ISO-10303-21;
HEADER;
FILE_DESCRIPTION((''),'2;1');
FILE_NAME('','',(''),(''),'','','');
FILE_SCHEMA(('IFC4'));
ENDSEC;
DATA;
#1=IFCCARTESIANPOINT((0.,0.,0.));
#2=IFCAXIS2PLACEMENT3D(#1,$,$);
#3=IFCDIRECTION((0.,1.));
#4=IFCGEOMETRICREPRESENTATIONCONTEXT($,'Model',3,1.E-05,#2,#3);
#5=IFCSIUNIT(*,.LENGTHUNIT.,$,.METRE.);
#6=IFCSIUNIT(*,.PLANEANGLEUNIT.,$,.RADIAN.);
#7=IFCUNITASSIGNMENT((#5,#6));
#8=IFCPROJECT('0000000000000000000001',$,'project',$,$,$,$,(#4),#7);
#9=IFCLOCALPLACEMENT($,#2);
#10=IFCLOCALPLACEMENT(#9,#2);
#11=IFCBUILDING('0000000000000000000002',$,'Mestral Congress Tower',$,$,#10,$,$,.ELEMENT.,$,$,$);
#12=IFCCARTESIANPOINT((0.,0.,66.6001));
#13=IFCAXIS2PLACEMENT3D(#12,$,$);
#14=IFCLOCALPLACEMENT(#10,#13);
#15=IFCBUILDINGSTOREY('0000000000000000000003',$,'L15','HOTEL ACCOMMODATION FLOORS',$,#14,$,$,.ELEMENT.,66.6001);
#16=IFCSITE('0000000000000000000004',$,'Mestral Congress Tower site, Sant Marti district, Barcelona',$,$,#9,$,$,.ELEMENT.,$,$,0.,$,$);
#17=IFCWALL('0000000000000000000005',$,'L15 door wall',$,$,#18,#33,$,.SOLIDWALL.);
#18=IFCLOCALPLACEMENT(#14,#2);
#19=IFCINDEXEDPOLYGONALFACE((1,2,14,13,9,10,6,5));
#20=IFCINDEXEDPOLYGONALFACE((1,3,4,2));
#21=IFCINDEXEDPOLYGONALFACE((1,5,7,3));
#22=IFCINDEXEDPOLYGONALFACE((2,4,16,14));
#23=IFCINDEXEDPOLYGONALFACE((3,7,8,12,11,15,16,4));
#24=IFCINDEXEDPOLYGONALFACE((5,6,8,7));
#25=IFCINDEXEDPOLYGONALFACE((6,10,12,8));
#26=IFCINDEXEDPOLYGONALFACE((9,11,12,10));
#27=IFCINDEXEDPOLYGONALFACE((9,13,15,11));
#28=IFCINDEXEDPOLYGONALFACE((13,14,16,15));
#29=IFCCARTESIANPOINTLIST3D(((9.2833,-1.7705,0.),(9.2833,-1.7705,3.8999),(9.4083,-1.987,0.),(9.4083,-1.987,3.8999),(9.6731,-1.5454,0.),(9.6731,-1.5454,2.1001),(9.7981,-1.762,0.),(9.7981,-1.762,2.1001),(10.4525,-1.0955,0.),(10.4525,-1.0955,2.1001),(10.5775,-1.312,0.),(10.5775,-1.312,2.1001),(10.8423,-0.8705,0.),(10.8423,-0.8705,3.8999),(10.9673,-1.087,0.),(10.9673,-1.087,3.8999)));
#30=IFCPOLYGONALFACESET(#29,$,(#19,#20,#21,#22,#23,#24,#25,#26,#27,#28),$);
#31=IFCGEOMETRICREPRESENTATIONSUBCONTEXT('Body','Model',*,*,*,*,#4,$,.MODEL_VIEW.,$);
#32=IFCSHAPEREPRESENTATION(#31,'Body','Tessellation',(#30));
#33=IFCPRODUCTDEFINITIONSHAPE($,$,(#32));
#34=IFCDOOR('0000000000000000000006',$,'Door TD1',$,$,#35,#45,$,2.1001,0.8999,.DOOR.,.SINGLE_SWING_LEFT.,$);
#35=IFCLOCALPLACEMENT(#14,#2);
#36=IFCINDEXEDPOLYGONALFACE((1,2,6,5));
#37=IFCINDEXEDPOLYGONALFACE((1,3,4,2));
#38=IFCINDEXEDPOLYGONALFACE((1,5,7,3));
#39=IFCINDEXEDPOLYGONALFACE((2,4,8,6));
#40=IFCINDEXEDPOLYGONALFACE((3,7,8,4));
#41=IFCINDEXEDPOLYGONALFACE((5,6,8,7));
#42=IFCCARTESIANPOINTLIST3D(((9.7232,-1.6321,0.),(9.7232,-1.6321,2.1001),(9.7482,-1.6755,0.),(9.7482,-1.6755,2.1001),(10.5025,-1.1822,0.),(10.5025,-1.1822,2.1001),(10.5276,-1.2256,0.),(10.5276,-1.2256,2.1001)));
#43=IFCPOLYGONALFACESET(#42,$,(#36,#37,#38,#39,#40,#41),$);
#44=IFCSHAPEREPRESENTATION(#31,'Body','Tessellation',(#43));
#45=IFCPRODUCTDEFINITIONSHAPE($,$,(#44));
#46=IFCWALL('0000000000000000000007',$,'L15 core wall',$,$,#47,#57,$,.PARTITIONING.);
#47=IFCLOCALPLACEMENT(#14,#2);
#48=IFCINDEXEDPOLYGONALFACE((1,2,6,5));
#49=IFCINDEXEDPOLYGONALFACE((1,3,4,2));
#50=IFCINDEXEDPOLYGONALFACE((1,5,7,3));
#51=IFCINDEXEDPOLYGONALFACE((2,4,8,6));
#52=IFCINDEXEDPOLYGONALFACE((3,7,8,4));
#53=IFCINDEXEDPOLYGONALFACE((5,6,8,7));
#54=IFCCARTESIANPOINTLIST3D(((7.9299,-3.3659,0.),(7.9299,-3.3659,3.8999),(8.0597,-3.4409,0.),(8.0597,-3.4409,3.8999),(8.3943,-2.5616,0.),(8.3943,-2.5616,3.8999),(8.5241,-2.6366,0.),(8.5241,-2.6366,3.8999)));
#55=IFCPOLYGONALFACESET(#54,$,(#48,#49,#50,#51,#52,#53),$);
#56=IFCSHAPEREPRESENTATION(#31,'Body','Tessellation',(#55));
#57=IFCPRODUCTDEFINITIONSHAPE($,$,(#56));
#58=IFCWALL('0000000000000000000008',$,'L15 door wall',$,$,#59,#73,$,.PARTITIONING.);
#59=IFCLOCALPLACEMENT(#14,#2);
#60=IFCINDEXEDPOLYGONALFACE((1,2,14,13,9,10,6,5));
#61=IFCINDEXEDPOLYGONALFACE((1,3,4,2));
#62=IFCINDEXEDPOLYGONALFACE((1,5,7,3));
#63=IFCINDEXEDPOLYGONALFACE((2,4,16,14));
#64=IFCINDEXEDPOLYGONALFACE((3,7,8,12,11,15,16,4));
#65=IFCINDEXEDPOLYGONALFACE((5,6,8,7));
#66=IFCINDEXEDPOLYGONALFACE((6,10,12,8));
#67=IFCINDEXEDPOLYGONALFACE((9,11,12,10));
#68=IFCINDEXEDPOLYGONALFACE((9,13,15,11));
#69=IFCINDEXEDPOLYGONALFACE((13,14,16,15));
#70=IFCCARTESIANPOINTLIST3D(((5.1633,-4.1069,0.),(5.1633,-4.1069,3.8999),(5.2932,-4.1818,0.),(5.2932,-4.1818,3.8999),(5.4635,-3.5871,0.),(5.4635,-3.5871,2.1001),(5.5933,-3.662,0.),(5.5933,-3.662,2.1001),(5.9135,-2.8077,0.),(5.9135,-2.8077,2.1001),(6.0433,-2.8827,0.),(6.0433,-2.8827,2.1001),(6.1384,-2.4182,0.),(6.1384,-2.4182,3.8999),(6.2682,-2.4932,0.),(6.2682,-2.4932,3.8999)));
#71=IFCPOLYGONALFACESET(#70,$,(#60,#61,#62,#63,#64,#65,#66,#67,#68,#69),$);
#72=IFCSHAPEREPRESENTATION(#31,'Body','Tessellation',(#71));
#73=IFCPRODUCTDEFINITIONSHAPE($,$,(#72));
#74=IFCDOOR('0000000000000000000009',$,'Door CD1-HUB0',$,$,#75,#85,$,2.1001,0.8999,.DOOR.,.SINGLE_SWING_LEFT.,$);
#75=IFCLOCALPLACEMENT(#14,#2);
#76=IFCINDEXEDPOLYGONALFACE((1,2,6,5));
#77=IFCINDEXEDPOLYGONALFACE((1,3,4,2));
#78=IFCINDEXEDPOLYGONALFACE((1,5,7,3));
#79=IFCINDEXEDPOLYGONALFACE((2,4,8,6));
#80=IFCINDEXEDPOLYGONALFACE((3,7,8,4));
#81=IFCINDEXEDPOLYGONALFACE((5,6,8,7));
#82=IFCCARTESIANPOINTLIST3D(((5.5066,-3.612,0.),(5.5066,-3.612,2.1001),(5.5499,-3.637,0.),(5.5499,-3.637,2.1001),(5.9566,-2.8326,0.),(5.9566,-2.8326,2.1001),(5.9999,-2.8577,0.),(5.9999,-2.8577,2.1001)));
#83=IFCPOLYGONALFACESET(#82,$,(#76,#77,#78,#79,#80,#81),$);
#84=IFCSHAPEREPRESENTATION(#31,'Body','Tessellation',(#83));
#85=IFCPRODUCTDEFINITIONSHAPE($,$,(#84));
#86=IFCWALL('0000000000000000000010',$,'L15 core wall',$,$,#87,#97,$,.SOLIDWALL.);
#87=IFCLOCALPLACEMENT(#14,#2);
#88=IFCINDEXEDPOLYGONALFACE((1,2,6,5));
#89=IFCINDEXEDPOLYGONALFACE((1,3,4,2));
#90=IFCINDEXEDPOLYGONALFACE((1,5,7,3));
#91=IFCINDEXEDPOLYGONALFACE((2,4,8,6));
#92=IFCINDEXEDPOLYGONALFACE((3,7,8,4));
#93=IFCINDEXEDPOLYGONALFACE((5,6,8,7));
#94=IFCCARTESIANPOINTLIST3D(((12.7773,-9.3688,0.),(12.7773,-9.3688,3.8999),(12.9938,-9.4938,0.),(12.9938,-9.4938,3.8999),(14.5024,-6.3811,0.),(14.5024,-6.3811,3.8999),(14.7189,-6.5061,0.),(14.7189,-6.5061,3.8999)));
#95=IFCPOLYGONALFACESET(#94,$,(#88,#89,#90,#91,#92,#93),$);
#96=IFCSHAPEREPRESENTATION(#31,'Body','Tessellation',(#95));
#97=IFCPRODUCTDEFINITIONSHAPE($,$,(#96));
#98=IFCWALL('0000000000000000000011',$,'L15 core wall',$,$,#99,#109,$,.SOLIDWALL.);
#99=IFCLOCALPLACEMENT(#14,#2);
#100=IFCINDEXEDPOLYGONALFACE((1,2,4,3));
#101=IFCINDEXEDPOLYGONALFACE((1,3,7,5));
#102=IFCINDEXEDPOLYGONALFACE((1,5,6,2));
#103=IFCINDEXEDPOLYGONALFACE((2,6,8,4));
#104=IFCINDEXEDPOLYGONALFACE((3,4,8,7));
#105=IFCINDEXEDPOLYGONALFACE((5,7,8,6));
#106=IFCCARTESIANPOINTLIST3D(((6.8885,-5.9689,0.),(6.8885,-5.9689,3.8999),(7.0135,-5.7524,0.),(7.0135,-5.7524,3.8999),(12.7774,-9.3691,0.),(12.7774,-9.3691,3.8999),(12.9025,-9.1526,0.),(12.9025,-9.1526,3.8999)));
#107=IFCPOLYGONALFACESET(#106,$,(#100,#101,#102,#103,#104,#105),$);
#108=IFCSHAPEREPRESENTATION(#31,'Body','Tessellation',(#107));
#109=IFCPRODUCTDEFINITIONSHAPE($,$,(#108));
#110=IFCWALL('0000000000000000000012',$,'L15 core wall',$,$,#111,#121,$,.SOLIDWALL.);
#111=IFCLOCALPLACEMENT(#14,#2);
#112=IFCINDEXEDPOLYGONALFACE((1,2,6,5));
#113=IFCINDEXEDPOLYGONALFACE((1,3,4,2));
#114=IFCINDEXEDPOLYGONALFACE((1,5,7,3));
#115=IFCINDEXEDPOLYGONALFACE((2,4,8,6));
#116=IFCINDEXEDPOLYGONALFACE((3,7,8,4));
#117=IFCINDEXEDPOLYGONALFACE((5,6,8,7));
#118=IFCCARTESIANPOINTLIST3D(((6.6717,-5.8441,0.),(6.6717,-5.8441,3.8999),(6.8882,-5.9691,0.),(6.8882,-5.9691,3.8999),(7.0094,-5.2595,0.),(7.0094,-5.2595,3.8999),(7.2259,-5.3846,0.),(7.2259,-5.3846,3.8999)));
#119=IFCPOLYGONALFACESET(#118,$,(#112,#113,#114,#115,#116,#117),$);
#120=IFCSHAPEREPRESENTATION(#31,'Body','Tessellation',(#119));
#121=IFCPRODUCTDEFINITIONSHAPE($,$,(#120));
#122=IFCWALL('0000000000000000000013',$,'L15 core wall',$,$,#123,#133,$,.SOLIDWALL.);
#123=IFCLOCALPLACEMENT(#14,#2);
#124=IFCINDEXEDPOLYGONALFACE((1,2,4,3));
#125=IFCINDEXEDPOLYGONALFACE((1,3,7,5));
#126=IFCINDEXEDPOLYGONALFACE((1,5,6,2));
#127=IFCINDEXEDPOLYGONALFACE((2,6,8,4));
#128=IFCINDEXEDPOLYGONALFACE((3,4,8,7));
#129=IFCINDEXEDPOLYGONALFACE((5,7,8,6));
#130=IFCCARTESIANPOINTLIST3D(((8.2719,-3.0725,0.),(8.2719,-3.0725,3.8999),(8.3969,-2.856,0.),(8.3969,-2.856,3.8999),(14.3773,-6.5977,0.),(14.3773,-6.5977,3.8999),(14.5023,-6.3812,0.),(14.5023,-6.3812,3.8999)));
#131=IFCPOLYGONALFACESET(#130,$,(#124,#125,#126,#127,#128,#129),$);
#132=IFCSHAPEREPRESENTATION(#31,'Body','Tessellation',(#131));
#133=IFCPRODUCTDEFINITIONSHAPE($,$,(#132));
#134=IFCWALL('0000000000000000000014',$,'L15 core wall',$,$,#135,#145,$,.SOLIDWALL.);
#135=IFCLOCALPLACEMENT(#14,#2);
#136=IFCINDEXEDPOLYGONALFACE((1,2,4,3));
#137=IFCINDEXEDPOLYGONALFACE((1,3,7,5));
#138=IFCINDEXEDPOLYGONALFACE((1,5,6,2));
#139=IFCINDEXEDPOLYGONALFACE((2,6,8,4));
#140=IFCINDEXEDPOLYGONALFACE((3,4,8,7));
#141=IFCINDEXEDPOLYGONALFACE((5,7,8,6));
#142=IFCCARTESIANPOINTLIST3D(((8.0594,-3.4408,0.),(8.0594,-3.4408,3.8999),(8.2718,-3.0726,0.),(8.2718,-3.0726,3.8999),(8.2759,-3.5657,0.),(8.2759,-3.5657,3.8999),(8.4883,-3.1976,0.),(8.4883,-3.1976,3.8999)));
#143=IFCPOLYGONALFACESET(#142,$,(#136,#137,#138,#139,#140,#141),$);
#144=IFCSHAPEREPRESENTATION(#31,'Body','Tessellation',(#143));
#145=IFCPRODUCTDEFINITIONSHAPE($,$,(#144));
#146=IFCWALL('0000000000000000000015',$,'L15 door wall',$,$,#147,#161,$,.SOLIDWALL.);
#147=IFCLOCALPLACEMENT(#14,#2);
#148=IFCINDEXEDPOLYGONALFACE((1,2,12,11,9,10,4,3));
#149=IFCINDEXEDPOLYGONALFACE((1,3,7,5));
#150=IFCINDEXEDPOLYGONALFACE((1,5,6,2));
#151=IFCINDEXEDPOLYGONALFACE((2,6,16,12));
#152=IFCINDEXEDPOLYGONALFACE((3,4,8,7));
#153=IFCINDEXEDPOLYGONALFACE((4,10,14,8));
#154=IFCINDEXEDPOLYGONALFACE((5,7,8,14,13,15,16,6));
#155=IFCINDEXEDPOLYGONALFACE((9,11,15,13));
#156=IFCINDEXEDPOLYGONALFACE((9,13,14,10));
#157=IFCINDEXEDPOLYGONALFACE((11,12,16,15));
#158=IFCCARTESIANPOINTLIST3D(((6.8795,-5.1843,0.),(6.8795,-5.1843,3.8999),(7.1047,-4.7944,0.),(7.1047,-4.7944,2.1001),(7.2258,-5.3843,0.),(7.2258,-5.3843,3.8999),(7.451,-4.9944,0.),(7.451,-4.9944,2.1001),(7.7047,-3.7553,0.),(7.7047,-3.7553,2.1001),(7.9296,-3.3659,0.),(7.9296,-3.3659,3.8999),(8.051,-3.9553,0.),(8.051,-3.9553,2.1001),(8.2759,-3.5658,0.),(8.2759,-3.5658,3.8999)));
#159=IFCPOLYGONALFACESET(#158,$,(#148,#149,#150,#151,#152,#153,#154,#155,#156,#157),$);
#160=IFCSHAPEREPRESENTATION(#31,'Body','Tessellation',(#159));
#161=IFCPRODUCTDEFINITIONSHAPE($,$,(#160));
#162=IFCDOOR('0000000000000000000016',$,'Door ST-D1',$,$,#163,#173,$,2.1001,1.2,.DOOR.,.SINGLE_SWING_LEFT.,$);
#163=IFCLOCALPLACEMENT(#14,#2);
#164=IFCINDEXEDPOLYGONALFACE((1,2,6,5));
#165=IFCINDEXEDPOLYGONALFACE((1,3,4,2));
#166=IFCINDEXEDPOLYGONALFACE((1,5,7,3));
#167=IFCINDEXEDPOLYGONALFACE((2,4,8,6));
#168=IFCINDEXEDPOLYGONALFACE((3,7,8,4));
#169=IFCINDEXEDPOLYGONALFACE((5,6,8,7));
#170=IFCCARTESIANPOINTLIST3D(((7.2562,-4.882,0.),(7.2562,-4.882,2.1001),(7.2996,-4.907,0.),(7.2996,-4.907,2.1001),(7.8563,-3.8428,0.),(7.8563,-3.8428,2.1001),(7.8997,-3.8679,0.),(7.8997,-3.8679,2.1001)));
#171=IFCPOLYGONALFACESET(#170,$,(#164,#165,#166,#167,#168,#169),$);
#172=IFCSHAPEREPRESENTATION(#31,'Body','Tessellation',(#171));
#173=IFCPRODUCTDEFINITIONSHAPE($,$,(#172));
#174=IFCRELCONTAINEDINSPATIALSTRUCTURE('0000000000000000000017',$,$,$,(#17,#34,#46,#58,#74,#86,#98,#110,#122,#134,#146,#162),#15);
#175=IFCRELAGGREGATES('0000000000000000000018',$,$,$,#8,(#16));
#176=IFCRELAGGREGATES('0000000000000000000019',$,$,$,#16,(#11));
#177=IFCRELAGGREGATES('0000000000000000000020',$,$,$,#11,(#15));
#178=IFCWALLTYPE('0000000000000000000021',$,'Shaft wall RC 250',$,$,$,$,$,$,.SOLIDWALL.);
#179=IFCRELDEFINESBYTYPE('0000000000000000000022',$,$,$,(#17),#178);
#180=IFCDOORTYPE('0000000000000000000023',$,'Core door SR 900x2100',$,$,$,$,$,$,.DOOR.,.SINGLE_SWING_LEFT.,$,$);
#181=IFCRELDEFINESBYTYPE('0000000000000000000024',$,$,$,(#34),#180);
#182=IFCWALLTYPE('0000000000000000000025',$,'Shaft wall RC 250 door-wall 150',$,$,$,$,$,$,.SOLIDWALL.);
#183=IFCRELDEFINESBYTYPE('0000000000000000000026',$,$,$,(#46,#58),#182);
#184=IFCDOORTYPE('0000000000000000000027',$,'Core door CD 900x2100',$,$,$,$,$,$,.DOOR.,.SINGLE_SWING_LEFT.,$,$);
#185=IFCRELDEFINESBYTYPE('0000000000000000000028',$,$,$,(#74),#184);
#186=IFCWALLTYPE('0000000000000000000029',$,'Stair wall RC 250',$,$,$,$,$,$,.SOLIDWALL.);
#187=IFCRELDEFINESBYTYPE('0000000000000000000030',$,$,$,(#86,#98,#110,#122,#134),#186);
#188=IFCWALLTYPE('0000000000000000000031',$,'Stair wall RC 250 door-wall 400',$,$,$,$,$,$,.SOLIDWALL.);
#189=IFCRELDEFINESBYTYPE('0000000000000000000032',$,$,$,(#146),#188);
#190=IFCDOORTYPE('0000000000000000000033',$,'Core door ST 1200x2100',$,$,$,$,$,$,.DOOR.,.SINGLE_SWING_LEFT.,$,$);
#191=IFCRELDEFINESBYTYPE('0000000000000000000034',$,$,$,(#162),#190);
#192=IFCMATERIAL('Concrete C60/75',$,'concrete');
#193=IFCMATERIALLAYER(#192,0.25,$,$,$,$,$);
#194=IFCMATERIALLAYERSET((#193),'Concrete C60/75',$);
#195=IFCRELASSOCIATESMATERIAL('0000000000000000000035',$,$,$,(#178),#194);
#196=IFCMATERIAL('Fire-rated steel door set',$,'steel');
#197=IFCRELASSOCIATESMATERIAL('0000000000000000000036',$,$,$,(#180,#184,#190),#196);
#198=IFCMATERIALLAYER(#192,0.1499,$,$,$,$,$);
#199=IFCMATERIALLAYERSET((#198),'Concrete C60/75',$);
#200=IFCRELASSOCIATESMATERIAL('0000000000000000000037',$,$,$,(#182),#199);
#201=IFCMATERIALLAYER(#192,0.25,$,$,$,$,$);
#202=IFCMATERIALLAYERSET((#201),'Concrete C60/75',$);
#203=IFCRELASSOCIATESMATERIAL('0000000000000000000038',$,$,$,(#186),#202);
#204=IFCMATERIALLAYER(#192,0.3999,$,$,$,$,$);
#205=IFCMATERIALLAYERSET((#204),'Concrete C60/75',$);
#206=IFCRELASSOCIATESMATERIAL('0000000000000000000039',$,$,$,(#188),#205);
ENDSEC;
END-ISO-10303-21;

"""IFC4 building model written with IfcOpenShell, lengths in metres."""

from ifc_helpers import new_model, si_unit, direction, frame, frame_2d, origin, place, context, subcontext, project, spatial, rectangle, extrude, material, layer, layer_set, type_object, element, fill, save


model = new_model("IFC4")

# Units and contexts
model_context = context("Model", 3, precision=1e-05, world=origin(), true_north=direction((0.0, 1.0)))
body_context = subcontext(model_context, "Body", "Model", "MODEL_VIEW")
ifc_project = project(units=[si_unit("LENGTHUNIT", "METRE"), si_unit("PLANEANGLEUNIT", "RADIAN")], contexts=[model_context])

# Site, building, storey
site_placement = place(None, origin())
site = spatial("IfcSite", under=ifc_project, at=site_placement, Name="Mestral Congress Tower site, Sant Marti district, Barcelona", CompositionType="ELEMENT", RefElevation=0.0)
building_placement = place(site_placement, origin())
building = spatial("IfcBuilding", under=site, at=building_placement, Name="Mestral Congress Tower", CompositionType="ELEMENT")
storey_placement = place(building_placement, frame((0.0, 0.0, 66.6001)))
storey = spatial("IfcBuildingStorey", under=building, at=storey_placement, Name="L15", Description="HOTEL ACCOMMODATION FLOORS", CompositionType="ELEMENT", Elevation=66.6001)

# Shared definitions
ifc_material_1 = material(Name="Fire-rated steel door set", Category="steel")

# Shared definitions
ifc_material_2 = material(Name="Concrete C60/75", Category="concrete")
ifc_layer_1 = layer(ifc_material_2, 0.25)
ifc_layer_set_1 = layer_set([ifc_layer_1], Name="Concrete C60/75")
wall_type_1 = type_object("IfcWallType", Name="Shaft wall RC 250", PredefinedType="SOLIDWALL", material=ifc_layer_set_1)

# Wall, opening, door
door_type_1 = type_object("IfcDoorType", Name="Core door SR 900x2100", OperationType="SINGLE_SWING_LEFT", PredefinedType="DOOR", material=ifc_material_1)
wall_1_placement = place(storey_placement, frame((9.3459, -1.8787, 0.0), z_axis=(0.0, 0.0, 1.0), x_axis=(0.866048, 0.499961, 0.0)))
wall_1 = element("IfcWall", 1, at=wall_1_placement, inside=storey, type_object=wall_type_1, Name="L15 door wall", PredefinedType="SOLIDWALL", context=body_context, shape_type="SweptSolid", body=[
    extrude(rectangle(XDim=1.8, YDim=0.25, at=frame_2d((0.8999, 0.0))), origin(), (0.0, 0.0, 1.0), 3.8999),
])
opening_1_placement = place(wall_1_placement, frame((0.45, 0.0, 0.0)))
opening_1 = element("IfcOpeningElement", 2, at=opening_1_placement, cuts=wall_1, PredefinedType="OPENING", context=body_context, shape_type="SweptSolid", body=[
    extrude(rectangle(XDim=0.8999, YDim=2.1001, at=frame_2d((0.45, 1.05))), frame((0.0, 0.135, 0.0), z_axis=(0.0, -1.0, 0.0), x_axis=(1.0, 0.0, 0.0)), (0.0, 0.0, 1.0), 0.27),
])
door_1_placement = place(opening_1_placement, origin())
door_1 = element("IfcDoor", 3, at=door_1_placement, inside=storey, type_object=door_type_1, Name="Door TD1", OperationType="SINGLE_SWING_LEFT", OverallHeight=2.1001, OverallWidth=0.8999, PredefinedType="DOOR", context=body_context, shape_type="SweptSolid", body=[
    extrude(rectangle(XDim=0.8999, YDim=2.1001, at=frame_2d((0.45, 1.05))), frame((0.0, 0.0249, 0.0), z_axis=(0.0, -1.0, 0.0), x_axis=(1.0, 0.0, 0.0)), (0.0, 0.0, 1.0), 0.05),
])
fill(opening_1, door_1)

# Wall
ifc_layer_2 = layer(ifc_material_2, 0.1499)
ifc_layer_set_2 = layer_set([ifc_layer_2], Name="Concrete C60/75")
wall_type_2 = type_object("IfcWallType", Name="Shaft wall RC 250 door-wall 150", PredefinedType="SOLIDWALL", material=ifc_layer_set_2)
wall_2_placement = place(storey_placement, frame((8.4592, -2.5991, 0.0), z_axis=(0.0, 0.0, 1.0), x_axis=(-0.500041, -0.866002, 0.0)))
element("IfcWall", 4, at=wall_2_placement, inside=storey, type_object=wall_type_2, Name="L15 core wall", PredefinedType="PARTITIONING", context=body_context, shape_type="SweptSolid", body=[
    extrude(rectangle(XDim=0.9287, YDim=0.1499, at=frame_2d((0.4644, 0.0))), origin(), (0.0, 0.0, 1.0), 3.8999),
])

# Wall, opening, door
wall_3_placement = place(storey_placement, frame((6.2034, -2.4556, 0.0), z_axis=(0.0, 0.0, 1.0), x_axis=(-0.500044, -0.866, 0.0)))
wall_3 = element("IfcWall", 5, at=wall_3_placement, inside=storey, type_object=wall_type_2, Name="L15 door wall", PredefinedType="PARTITIONING", context=body_context, shape_type="SweptSolid", body=[
    extrude(rectangle(XDim=1.95, YDim=0.1499, at=frame_2d((0.9751, 0.0))), origin(), (0.0, 0.0, 1.0), 3.8999),
])
opening_2_placement = place(wall_3_placement, frame((0.45, 0.0, 0.0)))
opening_2 = element("IfcOpeningElement", 6, at=opening_2_placement, cuts=wall_3, PredefinedType="OPENING", context=body_context, shape_type="SweptSolid", body=[
    extrude(rectangle(XDim=0.8999, YDim=2.1001, at=frame_2d((0.45, 1.05))), frame((0.0, 0.085, 0.0), z_axis=(0.0, -1.0, 0.0), x_axis=(1.0, 0.0, 0.0)), (0.0, 0.0, 1.0), 0.1699),
])
door_type_2 = type_object("IfcDoorType", Name="Core door CD 900x2100", OperationType="SINGLE_SWING_LEFT", PredefinedType="DOOR", material=ifc_material_1)
door_2_placement = place(opening_2_placement, origin())
door_2 = element("IfcDoor", 7, at=door_2_placement, inside=storey, type_object=door_type_2, Name="Door CD1-HUB0", OperationType="SINGLE_SWING_LEFT", OverallHeight=2.1001, OverallWidth=0.8999, PredefinedType="DOOR", context=body_context, shape_type="SweptSolid", body=[
    extrude(rectangle(XDim=0.8999, YDim=2.1001, at=frame_2d((0.45, 1.05))), frame((0.0, 0.0249, 0.0), z_axis=(0.0, -1.0, 0.0), x_axis=(1.0, 0.0, 0.0)), (0.0, 0.0, 1.0), 0.05),
])
fill(opening_2, door_2)

# Walls
ifc_layer_3 = layer(ifc_material_2, 0.25)
ifc_layer_set_3 = layer_set([ifc_layer_3], Name="Concrete C60/75")
wall_type_3 = type_object("IfcWallType", Name="Stair wall RC 250", PredefinedType="SOLIDWALL", material=ifc_layer_set_3)
wall_4_placement = place(storey_placement, frame((12.8855, -9.4314, 0.0), z_axis=(0.0, 0.0, 1.0), x_axis=(0.500021, 0.866014, 0.0)))
element("IfcWall", 8, at=wall_4_placement, inside=storey, type_object=wall_type_3, Name="L15 core wall", PredefinedType="SOLIDWALL", context=body_context, shape_type="SweptSolid", body=[
    extrude(rectangle(XDim=3.45, YDim=0.25, at=frame_2d((1.7251, 0.0))), origin(), (0.0, 0.0, 1.0), 3.8999),
])
wall_5_placement = place(storey_placement, frame((12.8398, -9.2607, 0.0), z_axis=(0.0, 0.0, 1.0), x_axis=(-0.866014, 0.50002, 0.0)))
element("IfcWall", 9, at=wall_5_placement, inside=storey, type_object=wall_type_3, Name="L15 core wall", PredefinedType="SOLIDWALL", context=body_context, shape_type="SweptSolid", body=[
    extrude(rectangle(XDim=6.8, YDim=0.25, at=frame_2d((3.3999, 0.0))), origin(), (0.0, 0.0, 1.0), 3.8999),
])
wall_6_placement = place(storey_placement, frame((6.78, -5.9065, 0.0), z_axis=(0.0, 0.0, 1.0), x_axis=(0.500223, 0.865896, 0.0)))
element("IfcWall", 10, at=wall_6_placement, inside=storey, type_object=wall_type_3, Name="L15 core wall", PredefinedType="SOLIDWALL", context=body_context, shape_type="SweptSolid", body=[
    extrude(rectangle(XDim=0.675, YDim=0.25, at=frame_2d((0.3374, 0.0))), origin(), (0.0, 0.0, 1.0), 3.8999),
])
wall_7_placement = place(storey_placement, frame((8.3345, -2.9644, 0.0), z_axis=(0.0, 0.0, 1.0), x_axis=(0.866016, -0.500016, 0.0)))
element("IfcWall", 11, at=wall_7_placement, inside=storey, type_object=wall_type_3, Name="L15 core wall", PredefinedType="SOLIDWALL", context=body_context, shape_type="SweptSolid", body=[
    extrude(rectangle(XDim=7.05, YDim=0.25, at=frame_2d((3.5249, 0.0))), origin(), (0.0, 0.0, 1.0), 3.8999),
])
wall_8_placement = place(storey_placement, frame((8.1677, -3.5032, 0.0), z_axis=(0.0, 0.0, 1.0), x_axis=(0.499722, 0.866186, 0.0)))
element("IfcWall", 12, at=wall_8_placement, inside=storey, type_object=wall_type_3, Name="L15 core wall", PredefinedType="SOLIDWALL", context=body_context, shape_type="SweptSolid", body=[
    extrude(rectangle(XDim=0.425, YDim=0.25, at=frame_2d((0.2124, 0.0))), origin(), (0.0, 0.0, 1.0), 3.8999),
])

# Wall, opening, door
ifc_layer_4 = layer(ifc_material_2, 0.3999)
ifc_layer_set_4 = layer_set([ifc_layer_4], Name="Concrete C60/75")
wall_type_4 = type_object("IfcWallType", Name="Stair wall RC 250 door-wall 400", PredefinedType="SOLIDWALL", material=ifc_layer_set_4)
wall_9_placement = place(storey_placement, frame((7.0527, -5.2842, 0.0), z_axis=(0.0, 0.0, 1.0), x_axis=(0.500078, 0.86598, 0.0)))
wall_9 = element("IfcWall", 13, at=wall_9_placement, inside=storey, type_object=wall_type_4, Name="L15 door wall", PredefinedType="SOLIDWALL", context=body_context, shape_type="SweptSolid", body=[
    extrude(rectangle(XDim=2.0999, YDim=0.3999, at=frame_2d((1.0498, 0.0))), origin(), (0.0, 0.0, 1.0), 3.8999),
])
opening_3_placement = place(wall_9_placement, frame((0.45, 0.0, 0.0)))
opening_3 = element("IfcOpeningElement", 14, at=opening_3_placement, cuts=wall_9, PredefinedType="OPENING", context=body_context, shape_type="SweptSolid", body=[
    extrude(rectangle(XDim=1.2, YDim=2.1001, at=frame_2d((0.6001, 1.05))), frame((0.0, 0.21, 0.0), z_axis=(0.0, -1.0, 0.0), x_axis=(1.0, 0.0, 0.0)), (0.0, 0.0, 1.0), 0.4199),
])
door_type_3 = type_object("IfcDoorType", Name="Core door ST 1200x2100", OperationType="SINGLE_SWING_LEFT", PredefinedType="DOOR", material=ifc_material_1)
door_3_placement = place(opening_3_placement, origin())
door_3 = element("IfcDoor", 15, at=door_3_placement, inside=storey, type_object=door_type_3, Name="Door ST-D1", OperationType="SINGLE_SWING_LEFT", OverallHeight=2.1001, OverallWidth=1.2, PredefinedType="DOOR", context=body_context, shape_type="SweptSolid", body=[
    extrude(rectangle(XDim=1.2, YDim=2.1001, at=frame_2d((0.6001, 1.05))), frame((0.0, 0.0249, 0.0), z_axis=(0.0, -1.0, 0.0), x_axis=(1.0, 0.0, 0.0)), (0.0, 0.0, 1.0), 0.05),
])
fill(opening_3, door_3)

save(model, "model.ifc")
